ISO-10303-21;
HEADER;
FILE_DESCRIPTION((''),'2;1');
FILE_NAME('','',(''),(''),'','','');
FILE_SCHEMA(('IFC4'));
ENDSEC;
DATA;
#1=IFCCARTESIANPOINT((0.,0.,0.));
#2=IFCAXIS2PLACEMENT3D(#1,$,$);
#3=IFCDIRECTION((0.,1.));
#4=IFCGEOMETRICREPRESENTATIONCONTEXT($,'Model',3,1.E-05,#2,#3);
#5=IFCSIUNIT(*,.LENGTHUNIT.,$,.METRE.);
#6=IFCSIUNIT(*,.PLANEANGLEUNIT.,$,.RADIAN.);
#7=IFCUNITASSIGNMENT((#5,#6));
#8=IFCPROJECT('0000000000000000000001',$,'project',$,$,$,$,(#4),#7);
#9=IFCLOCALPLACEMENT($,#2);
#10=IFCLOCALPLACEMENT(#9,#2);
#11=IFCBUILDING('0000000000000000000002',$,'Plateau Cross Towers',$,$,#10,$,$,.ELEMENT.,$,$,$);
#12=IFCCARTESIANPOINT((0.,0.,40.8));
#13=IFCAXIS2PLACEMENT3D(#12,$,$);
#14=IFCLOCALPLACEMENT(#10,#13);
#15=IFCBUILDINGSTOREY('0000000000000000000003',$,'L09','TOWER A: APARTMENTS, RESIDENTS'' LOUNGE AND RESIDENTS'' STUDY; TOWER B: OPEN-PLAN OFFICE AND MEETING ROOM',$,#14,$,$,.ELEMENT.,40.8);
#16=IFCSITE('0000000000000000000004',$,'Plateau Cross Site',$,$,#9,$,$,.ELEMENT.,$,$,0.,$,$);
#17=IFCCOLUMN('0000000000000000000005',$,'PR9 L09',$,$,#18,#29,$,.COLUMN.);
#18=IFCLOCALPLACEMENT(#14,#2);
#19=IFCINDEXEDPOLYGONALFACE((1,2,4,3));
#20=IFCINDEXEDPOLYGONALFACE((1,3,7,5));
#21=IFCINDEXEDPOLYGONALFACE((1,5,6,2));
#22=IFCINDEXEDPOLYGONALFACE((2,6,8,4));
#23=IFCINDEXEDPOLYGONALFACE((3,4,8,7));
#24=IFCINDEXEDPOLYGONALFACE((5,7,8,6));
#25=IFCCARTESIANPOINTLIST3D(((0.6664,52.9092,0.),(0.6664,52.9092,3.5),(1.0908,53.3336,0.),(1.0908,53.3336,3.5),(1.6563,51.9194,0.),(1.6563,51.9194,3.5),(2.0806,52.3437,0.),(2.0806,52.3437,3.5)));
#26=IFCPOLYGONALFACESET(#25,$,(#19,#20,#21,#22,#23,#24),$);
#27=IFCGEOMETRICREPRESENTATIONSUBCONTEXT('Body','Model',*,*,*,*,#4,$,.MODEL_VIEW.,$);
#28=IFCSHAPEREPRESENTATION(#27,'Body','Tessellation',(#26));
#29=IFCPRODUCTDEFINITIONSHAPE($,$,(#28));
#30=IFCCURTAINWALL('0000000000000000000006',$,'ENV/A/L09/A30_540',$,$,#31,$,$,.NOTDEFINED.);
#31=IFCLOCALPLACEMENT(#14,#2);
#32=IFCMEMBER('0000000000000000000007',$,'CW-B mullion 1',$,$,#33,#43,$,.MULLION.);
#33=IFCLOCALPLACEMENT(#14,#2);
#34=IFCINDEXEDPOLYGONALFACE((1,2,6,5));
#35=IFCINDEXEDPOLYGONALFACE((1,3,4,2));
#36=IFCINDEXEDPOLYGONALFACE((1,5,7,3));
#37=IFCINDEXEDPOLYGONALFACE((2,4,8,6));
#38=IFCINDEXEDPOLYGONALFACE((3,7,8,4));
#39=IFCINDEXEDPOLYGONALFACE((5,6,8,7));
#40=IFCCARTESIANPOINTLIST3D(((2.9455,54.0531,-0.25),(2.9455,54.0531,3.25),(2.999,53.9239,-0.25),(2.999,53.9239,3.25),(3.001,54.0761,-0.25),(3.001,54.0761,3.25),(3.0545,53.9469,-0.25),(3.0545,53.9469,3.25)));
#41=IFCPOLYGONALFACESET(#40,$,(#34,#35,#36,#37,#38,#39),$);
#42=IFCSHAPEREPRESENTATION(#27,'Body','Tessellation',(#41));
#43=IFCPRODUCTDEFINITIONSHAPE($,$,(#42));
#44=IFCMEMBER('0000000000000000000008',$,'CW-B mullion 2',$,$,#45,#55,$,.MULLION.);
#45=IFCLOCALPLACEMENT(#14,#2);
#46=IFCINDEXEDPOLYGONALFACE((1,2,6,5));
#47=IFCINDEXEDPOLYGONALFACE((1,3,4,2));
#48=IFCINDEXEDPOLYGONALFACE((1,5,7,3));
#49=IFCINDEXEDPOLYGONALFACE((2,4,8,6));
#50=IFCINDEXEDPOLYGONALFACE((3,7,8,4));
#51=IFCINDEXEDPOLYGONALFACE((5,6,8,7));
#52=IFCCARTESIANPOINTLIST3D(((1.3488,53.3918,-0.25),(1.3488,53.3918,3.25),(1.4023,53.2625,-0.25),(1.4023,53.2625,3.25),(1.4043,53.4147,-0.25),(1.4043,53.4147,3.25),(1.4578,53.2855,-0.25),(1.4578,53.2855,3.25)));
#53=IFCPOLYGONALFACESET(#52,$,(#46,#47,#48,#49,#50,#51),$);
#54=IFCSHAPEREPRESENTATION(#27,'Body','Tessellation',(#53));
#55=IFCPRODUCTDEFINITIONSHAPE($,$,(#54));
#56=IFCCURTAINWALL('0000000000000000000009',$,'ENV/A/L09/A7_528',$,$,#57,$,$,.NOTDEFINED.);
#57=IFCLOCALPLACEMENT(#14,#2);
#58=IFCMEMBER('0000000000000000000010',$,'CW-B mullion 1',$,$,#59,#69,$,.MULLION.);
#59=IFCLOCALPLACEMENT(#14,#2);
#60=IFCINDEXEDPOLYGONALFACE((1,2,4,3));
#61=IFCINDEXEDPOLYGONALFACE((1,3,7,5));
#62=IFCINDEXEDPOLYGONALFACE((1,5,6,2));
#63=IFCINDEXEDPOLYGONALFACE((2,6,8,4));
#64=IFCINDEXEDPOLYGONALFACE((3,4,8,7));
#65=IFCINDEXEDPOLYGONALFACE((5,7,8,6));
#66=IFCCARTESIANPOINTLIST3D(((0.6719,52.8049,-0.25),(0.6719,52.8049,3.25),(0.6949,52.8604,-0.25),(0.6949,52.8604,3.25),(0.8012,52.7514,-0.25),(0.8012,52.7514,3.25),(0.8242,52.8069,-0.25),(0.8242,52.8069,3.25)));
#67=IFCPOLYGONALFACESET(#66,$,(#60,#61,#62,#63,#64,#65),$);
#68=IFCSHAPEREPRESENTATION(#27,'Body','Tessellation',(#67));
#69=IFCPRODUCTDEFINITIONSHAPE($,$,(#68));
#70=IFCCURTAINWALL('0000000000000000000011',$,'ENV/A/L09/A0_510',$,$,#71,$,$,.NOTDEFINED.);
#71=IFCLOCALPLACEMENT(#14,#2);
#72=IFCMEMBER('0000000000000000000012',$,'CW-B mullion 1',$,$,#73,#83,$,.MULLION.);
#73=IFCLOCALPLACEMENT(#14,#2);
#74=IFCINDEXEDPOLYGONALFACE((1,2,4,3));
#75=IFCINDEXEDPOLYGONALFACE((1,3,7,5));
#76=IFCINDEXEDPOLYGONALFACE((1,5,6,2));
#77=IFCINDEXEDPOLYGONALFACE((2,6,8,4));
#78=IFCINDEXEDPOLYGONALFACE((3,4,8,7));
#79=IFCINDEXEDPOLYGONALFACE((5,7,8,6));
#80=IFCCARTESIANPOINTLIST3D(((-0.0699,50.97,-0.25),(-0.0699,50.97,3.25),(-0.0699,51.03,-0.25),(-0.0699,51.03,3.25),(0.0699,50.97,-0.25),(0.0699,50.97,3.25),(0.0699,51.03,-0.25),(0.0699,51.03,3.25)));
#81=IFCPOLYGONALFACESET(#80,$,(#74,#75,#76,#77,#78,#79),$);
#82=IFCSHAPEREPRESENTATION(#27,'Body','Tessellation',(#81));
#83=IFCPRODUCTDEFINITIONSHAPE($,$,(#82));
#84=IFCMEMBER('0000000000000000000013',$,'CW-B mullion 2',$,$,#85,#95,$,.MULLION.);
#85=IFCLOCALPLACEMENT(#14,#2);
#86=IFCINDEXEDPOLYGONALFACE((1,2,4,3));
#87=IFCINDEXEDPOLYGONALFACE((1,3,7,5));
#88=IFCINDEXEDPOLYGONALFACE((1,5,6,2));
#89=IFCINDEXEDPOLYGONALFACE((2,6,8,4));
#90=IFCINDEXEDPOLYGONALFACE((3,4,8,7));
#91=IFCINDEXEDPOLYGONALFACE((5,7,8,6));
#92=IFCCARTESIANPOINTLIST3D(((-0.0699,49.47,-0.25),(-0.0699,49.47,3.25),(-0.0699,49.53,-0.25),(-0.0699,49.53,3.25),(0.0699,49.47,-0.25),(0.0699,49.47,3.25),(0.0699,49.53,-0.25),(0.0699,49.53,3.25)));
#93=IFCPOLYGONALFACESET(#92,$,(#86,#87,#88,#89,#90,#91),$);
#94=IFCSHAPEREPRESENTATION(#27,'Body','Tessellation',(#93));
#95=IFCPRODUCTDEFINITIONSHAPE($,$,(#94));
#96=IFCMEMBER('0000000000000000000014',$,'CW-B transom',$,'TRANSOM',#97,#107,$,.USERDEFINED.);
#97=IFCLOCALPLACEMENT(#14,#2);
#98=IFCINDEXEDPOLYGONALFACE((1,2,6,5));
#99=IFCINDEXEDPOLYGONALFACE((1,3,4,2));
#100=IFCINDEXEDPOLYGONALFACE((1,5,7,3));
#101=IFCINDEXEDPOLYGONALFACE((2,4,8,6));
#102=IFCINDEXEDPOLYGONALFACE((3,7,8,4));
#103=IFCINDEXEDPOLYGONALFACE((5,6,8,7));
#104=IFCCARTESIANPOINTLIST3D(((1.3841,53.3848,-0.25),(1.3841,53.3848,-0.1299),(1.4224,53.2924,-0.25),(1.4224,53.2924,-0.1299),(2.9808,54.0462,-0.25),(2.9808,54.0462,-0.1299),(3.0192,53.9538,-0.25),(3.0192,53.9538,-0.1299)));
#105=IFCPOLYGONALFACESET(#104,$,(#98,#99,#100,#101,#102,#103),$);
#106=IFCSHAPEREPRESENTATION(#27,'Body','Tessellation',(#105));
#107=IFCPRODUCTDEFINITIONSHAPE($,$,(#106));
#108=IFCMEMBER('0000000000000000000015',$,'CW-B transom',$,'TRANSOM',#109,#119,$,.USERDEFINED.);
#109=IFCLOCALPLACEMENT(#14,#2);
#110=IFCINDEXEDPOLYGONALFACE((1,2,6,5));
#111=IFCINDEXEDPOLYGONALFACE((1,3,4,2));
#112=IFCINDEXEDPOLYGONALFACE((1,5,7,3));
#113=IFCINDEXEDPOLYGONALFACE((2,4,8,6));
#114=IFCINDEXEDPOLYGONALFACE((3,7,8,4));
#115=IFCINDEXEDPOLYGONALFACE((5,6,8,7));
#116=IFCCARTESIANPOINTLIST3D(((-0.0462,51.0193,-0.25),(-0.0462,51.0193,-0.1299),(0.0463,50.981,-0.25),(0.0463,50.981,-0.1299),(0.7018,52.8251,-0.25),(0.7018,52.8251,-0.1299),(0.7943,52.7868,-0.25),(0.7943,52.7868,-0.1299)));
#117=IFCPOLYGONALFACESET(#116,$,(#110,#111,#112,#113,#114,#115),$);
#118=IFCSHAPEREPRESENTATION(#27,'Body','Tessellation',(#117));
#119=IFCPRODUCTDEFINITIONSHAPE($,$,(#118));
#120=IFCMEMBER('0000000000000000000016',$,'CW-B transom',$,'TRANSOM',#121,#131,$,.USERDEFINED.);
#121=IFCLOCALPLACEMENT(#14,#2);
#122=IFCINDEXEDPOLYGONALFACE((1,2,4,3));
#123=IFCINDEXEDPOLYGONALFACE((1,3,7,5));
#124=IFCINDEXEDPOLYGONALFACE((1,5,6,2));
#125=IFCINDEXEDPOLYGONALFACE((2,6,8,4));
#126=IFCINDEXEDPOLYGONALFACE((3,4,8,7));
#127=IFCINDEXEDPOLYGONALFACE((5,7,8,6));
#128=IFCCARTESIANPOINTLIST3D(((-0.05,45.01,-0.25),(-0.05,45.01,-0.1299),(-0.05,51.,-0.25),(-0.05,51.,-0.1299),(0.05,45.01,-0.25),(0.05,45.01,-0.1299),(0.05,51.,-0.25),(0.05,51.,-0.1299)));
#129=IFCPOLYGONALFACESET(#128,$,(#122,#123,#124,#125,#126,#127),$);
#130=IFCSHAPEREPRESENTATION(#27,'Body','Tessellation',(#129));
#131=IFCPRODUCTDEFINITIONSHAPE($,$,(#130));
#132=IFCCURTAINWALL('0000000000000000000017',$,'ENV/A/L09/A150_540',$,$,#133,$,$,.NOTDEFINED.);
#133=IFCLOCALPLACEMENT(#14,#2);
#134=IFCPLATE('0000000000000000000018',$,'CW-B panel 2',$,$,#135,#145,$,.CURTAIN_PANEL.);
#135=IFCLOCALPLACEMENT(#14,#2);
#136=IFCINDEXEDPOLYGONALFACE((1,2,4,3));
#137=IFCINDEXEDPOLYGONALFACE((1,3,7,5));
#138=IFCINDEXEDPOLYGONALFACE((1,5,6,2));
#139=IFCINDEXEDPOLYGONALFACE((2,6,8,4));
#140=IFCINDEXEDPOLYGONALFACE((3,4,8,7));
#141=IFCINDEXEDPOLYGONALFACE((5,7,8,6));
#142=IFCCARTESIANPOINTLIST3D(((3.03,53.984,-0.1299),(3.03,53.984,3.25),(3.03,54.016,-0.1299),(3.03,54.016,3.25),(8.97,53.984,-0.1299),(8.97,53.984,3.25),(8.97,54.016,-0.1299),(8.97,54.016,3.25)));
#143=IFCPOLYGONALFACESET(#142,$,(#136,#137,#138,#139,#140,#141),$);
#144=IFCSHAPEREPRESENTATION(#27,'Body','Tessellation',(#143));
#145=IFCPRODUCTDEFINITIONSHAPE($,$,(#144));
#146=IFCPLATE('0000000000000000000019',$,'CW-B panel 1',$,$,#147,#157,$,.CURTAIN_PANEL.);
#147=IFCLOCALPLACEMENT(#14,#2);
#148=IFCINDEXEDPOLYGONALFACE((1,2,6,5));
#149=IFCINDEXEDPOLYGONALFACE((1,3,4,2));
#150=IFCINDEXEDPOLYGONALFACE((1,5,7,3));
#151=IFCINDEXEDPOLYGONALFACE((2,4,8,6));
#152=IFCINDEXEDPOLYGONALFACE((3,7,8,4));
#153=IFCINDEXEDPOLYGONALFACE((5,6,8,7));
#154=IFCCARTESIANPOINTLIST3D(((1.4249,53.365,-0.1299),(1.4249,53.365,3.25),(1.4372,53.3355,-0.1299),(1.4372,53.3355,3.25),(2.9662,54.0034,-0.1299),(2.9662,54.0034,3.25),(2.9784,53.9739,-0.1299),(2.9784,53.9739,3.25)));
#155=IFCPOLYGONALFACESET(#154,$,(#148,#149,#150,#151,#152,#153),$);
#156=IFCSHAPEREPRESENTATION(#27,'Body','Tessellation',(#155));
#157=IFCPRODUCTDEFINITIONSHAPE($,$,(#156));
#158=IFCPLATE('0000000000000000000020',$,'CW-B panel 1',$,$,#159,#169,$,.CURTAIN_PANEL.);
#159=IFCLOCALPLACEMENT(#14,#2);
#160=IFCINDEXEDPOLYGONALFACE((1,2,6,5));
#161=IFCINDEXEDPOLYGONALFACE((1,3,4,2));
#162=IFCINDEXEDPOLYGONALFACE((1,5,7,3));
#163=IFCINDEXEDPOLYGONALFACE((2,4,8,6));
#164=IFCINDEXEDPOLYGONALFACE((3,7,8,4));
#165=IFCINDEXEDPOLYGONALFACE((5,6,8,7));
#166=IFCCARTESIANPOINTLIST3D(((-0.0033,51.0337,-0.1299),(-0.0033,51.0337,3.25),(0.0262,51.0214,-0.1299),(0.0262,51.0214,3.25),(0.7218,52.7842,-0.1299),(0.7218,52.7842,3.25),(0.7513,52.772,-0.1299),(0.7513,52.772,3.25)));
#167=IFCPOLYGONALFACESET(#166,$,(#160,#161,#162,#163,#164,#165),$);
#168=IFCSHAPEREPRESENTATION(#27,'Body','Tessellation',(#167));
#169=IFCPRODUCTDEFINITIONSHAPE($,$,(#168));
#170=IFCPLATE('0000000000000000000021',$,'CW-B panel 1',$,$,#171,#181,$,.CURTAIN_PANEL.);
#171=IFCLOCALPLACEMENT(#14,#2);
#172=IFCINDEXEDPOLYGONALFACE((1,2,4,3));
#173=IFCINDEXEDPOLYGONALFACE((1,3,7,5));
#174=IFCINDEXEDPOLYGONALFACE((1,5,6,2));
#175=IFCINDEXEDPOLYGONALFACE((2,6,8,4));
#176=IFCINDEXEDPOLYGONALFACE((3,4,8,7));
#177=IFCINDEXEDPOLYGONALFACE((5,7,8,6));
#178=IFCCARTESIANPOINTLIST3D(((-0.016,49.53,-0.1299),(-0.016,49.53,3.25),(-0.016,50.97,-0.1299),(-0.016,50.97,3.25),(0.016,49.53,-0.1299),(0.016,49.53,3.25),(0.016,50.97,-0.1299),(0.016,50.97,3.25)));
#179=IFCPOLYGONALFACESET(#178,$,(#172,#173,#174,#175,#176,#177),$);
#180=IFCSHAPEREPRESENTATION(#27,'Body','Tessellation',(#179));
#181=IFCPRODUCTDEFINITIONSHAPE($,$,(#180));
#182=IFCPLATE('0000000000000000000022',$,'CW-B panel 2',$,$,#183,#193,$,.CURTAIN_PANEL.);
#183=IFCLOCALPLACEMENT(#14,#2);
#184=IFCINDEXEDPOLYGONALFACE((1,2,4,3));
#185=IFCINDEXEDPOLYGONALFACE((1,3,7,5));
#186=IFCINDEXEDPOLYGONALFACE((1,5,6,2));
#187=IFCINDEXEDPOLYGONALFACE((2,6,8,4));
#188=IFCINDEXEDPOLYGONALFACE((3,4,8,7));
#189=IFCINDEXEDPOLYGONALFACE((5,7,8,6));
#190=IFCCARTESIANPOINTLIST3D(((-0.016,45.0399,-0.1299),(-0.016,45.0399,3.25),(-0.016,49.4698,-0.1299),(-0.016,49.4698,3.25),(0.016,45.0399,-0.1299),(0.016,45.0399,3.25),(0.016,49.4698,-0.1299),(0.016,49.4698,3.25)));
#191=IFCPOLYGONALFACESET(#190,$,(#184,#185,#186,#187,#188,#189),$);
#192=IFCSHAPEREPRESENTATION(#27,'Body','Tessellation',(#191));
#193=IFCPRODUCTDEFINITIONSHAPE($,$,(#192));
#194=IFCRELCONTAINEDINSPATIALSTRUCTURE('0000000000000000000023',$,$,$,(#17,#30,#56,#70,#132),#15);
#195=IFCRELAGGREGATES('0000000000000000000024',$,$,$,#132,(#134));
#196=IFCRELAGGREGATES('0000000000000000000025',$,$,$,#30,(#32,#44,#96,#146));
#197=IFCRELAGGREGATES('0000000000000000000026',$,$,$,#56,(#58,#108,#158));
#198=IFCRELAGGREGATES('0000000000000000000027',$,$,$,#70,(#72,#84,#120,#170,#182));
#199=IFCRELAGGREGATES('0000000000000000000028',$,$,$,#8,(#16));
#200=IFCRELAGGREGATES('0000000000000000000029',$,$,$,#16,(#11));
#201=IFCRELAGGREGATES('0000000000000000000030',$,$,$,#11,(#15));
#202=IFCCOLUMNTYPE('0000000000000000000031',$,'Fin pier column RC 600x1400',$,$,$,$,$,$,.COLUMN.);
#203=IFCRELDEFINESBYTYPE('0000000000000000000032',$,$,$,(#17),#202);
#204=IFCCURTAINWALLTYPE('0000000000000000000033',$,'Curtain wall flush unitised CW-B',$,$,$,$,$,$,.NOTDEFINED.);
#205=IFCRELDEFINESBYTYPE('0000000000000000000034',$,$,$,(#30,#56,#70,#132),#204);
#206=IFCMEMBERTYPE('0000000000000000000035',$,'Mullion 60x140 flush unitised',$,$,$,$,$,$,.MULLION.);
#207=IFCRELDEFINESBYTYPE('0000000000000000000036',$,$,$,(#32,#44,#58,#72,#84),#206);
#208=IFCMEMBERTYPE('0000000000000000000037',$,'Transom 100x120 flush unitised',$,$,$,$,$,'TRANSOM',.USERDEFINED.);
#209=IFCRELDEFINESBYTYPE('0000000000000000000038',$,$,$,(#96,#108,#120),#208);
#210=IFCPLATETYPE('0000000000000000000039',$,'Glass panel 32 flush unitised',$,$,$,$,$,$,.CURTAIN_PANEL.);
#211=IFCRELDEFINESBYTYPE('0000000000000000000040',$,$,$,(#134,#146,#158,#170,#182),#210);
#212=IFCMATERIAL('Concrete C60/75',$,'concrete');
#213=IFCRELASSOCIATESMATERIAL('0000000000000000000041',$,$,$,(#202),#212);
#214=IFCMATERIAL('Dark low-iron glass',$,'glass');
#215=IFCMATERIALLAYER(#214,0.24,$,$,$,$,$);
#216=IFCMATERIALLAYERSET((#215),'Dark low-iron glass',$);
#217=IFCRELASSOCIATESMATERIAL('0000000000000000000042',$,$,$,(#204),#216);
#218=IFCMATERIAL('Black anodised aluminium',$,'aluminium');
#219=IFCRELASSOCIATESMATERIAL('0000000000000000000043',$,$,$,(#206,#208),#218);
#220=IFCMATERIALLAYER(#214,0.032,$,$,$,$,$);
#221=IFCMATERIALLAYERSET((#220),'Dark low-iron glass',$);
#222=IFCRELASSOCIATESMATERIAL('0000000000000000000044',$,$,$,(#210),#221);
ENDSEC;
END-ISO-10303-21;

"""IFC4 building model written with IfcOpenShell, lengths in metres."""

from ifc_helpers import new_model, si_unit, direction, frame, origin, origin_2d, place, context, subcontext, project, spatial, rectangle, extrude, material, layer, layer_set, material_profile, profile_set, type_object, element, aggregate, save


model = new_model("IFC4")

# Units and contexts
model_context = context("Model", 3, precision=1e-05, world=origin(), true_north=direction((0.0, 1.0)))
body_context = subcontext(model_context, "Body", "Model", "MODEL_VIEW")
ifc_project = project(units=[si_unit("LENGTHUNIT", "METRE"), si_unit("PLANEANGLEUNIT", "RADIAN")], contexts=[model_context])

# Site, building, storey
site_placement = place(None, origin())
site = spatial("IfcSite", under=ifc_project, at=site_placement, Name="Plateau Cross Site", CompositionType="ELEMENT", RefElevation=0.0)
building_placement = place(site_placement, origin())
building = spatial("IfcBuilding", under=site, at=building_placement, Name="Plateau Cross Towers", CompositionType="ELEMENT")
storey_placement = place(building_placement, frame((0.0, 0.0, 40.8)))
storey = spatial("IfcBuildingStorey", under=building, at=storey_placement, Name="L09", Description="TOWER A: APARTMENTS, RESIDENTS' LOUNGE AND RESIDENTS' STUDY; TOWER B: OPEN-PLAN OFFICE AND MEETING ROOM", CompositionType="ELEMENT", Elevation=40.8)

# Column
ifc_material_1 = material(Name="Concrete C60/75", Category="concrete")
ifc_material_profile_1 = material_profile(ifc_material_1, rectangle(XDim=0.6001, YDim=1.3999, at=origin_2d()), Name="RC 600x1400")
ifc_profile_set_1 = profile_set([ifc_material_profile_1], Name="Concrete C60/75")
column_type = type_object("IfcColumnType", Name="Fin pier column RC 600x1400", PredefinedType="COLUMN", material=ifc_profile_set_1)
column_placement = place(storey_placement, frame((1.3735, 52.6265, 0.0), z_axis=(0.0, 0.0, 1.0), x_axis=(0.707107, 0.707107, 0.0)))
element("IfcColumn", 1, at=column_placement, inside=storey, type_object=column_type, Name="PR9 L09", PredefinedType="COLUMN", context=body_context, shape_type="SweptSolid", body=[
    extrude(rectangle(XDim=0.6001, YDim=1.3999, at=origin_2d()), origin(), (0.0, 0.0, 1.0), 3.5),
])

# Curtain wall, members
ifc_material_2 = material(Name="Dark low-iron glass", Category="glass")
ifc_layer_1 = layer(ifc_material_2, 0.24)
ifc_layer_set_1 = layer_set([ifc_layer_1], Name="Dark low-iron glass")
curtain_wall_type = type_object("IfcCurtainWallType", Name="Curtain wall flush unitised CW-B", PredefinedType="NOTDEFINED", material=ifc_layer_set_1)
curtain_wall_1_placement = place(storey_placement, origin())
curtain_wall_1 = element("IfcCurtainWall", 2, at=curtain_wall_1_placement, inside=storey, type_object=curtain_wall_type, Name="ENV/A/L09/A30_540", PredefinedType="NOTDEFINED")
ifc_material_3 = material(Name="Black anodised aluminium", Category="aluminium")
ifc_material_profile_2 = material_profile(ifc_material_3, rectangle(XDim=0.0601, YDim=0.1399, at=origin_2d()), Name="MULLION 60x140")
ifc_profile_set_2 = profile_set([ifc_material_profile_2], Name="Black anodised aluminium")
member_type_1 = type_object("IfcMemberType", Name="Mullion 60x140 flush unitised", PredefinedType="MULLION", material=ifc_profile_set_2)
member_1_placement = place(storey_placement, frame((3.0, 54.0, -0.25), z_axis=(0.0, 0.0, 1.0), x_axis=(-0.923879, -0.382684, 0.0)))
member_1 = element("IfcMember", 3, at=member_1_placement, type_object=member_type_1, Name="CW-B mullion 1", PredefinedType="MULLION", context=body_context, shape_type="SweptSolid", body=[
    extrude(rectangle(XDim=0.0601, YDim=0.1399, at=origin_2d()), origin(), (0.0, 0.0, 1.0), 3.5),
])
member_2_placement = place(storey_placement, frame((1.4033, 53.3386, -0.25), z_axis=(0.0, 0.0, 1.0), x_axis=(-0.923879, -0.382684, 0.0)))
member_2 = element("IfcMember", 4, at=member_2_placement, type_object=member_type_1, Name="CW-B mullion 2", PredefinedType="MULLION", context=body_context, shape_type="SweptSolid", body=[
    extrude(rectangle(XDim=0.0601, YDim=0.1399, at=origin_2d()), origin(), (0.0, 0.0, 1.0), 3.5),
])

# Curtain wall, member
curtain_wall_2_placement = place(storey_placement, origin())
curtain_wall_2 = element("IfcCurtainWall", 5, at=curtain_wall_2_placement, inside=storey, type_object=curtain_wall_type, Name="ENV/A/L09/A7_528", PredefinedType="NOTDEFINED")
member_3_placement = place(storey_placement, frame((0.748, 52.8059, -0.25), z_axis=(0.0, 0.0, 1.0), x_axis=(-0.382684, -0.923879, 0.0)))
member_3 = element("IfcMember", 6, at=member_3_placement, type_object=member_type_1, Name="CW-B mullion 1", PredefinedType="MULLION", context=body_context, shape_type="SweptSolid", body=[
    extrude(rectangle(XDim=0.0601, YDim=0.1399, at=origin_2d()), origin(), (0.0, 0.0, 1.0), 3.5),
])

# Curtain wall, members
curtain_wall_3_placement = place(storey_placement, origin())
curtain_wall_3 = element("IfcCurtainWall", 7, at=curtain_wall_3_placement, inside=storey, type_object=curtain_wall_type, Name="ENV/A/L09/A0_510", PredefinedType="NOTDEFINED")
member_4_placement = place(storey_placement, frame((0.0, 51.0, -0.25), z_axis=(0.0, 0.0, 1.0), x_axis=(0.0, -1.0, 0.0)))
member_4 = element("IfcMember", 8, at=member_4_placement, type_object=member_type_1, Name="CW-B mullion 1", PredefinedType="MULLION", context=body_context, shape_type="SweptSolid", body=[
    extrude(rectangle(XDim=0.0601, YDim=0.1399, at=origin_2d()), origin(), (0.0, 0.0, 1.0), 3.5),
])
member_5_placement = place(storey_placement, frame((0.0, 49.5, -0.25), z_axis=(0.0, 0.0, 1.0), x_axis=(0.0, -1.0, 0.0)))
member_5 = element("IfcMember", 9, at=member_5_placement, type_object=member_type_1, Name="CW-B mullion 2", PredefinedType="MULLION", context=body_context, shape_type="SweptSolid", body=[
    extrude(rectangle(XDim=0.0601, YDim=0.1399, at=origin_2d()), origin(), (0.0, 0.0, 1.0), 3.5),
])

# Members
ifc_material_profile_3 = material_profile(ifc_material_3, rectangle(XDim=0.1001, YDim=0.1201, at=origin_2d()), Name="TRANSOM 100x120")
ifc_profile_set_3 = profile_set([ifc_material_profile_3], Name="Black anodised aluminium")
member_type_2 = type_object("IfcMemberType", Name="Transom 100x120 flush unitised", ElementType="TRANSOM", PredefinedType="USERDEFINED", material=ifc_profile_set_3)
member_6_placement = place(storey_placement, frame((3.0, 54.0, -0.1899), z_axis=(-0.923877, -0.382689, 0.0), x_axis=(0.382689, -0.923877, 0.0)))
member_6 = element("IfcMember", 10, at=member_6_placement, type_object=member_type_2, Name="CW-B transom", ObjectType="TRANSOM", PredefinedType="USERDEFINED", context=body_context, shape_type="SweptSolid", body=[
    extrude(rectangle(XDim=0.1001, YDim=0.1201, at=origin_2d()), origin(), (0.0, 0.0, 1.0), 1.7283),
])
member_7_placement = place(storey_placement, frame((0.748, 52.8059, -0.1899), z_axis=(-0.38269, -0.923877, 0.0), x_axis=(0.923877, -0.38269, 0.0)))
member_7 = element("IfcMember", 11, at=member_7_placement, type_object=member_type_2, Name="CW-B transom", ObjectType="TRANSOM", PredefinedType="USERDEFINED", context=body_context, shape_type="SweptSolid", body=[
    extrude(rectangle(XDim=0.1001, YDim=0.1201, at=origin_2d()), origin(), (0.0, 0.0, 1.0), 1.9546),
])
member_8_placement = place(storey_placement, frame((0.0, 51.0, -0.1899), z_axis=(0.0, -1.0, 0.0), x_axis=(1.0, 0.0, 0.0)))
member_8 = element("IfcMember", 12, at=member_8_placement, type_object=member_type_2, Name="CW-B transom", ObjectType="TRANSOM", PredefinedType="USERDEFINED", context=body_context, shape_type="SweptSolid", body=[
    extrude(rectangle(XDim=0.1001, YDim=0.1201, at=origin_2d()), origin(), (0.0, 0.0, 1.0), 5.99),
])

# Curtain wall, plate
curtain_wall_4_placement = place(storey_placement, origin())
curtain_wall_4 = element("IfcCurtainWall", 13, at=curtain_wall_4_placement, inside=storey, type_object=curtain_wall_type, Name="ENV/A/L09/A150_540", PredefinedType="NOTDEFINED")
ifc_layer_2 = layer(ifc_material_2, 0.032)
ifc_layer_set_2 = layer_set([ifc_layer_2], Name="Dark low-iron glass")
plate_type = type_object("IfcPlateType", Name="Glass panel 32 flush unitised", PredefinedType="CURTAIN_PANEL", material=ifc_layer_set_2)
plate_1_placement = place(storey_placement, frame((6.0, 54.0, -0.1299), z_axis=(0.0, 0.0, 1.0), x_axis=(-1.0, 0.0, 0.0)))
plate_1 = element("IfcPlate", 14, at=plate_1_placement, type_object=plate_type, Name="CW-B panel 2", PredefinedType="CURTAIN_PANEL", context=body_context, shape_type="SweptSolid", body=[
    extrude(rectangle(XDim=5.9399, YDim=0.032, at=origin_2d()), origin(), (0.0, 0.0, 1.0), 3.3799),
])
aggregate(curtain_wall_4, [plate_1])

# Plates
plate_2_placement = place(storey_placement, frame((2.2017, 53.6694, -0.1299), z_axis=(0.0, 0.0, 1.0), x_axis=(-0.923879, -0.382684, 0.0)))
plate_2 = element("IfcPlate", 15, at=plate_2_placement, type_object=plate_type, Name="CW-B panel 1", PredefinedType="CURTAIN_PANEL", context=body_context, shape_type="SweptSolid", body=[
    extrude(rectangle(XDim=1.6682, YDim=0.032, at=origin_2d()), origin(), (0.0, 0.0, 1.0), 3.3799),
])
aggregate(curtain_wall_1, [member_1, member_2, member_6, plate_2])
plate_3_placement = place(storey_placement, frame((0.374, 51.9028, -0.1299), z_axis=(0.0, 0.0, 1.0), x_axis=(-0.382684, -0.923879, 0.0)))
plate_3 = element("IfcPlate", 16, at=plate_3_placement, type_object=plate_type, Name="CW-B panel 1", PredefinedType="CURTAIN_PANEL", context=body_context, shape_type="SweptSolid", body=[
    extrude(rectangle(XDim=1.8948, YDim=0.032, at=origin_2d()), origin(), (0.0, 0.0, 1.0), 3.3799),
])
aggregate(curtain_wall_2, [member_3, member_7, plate_3])
plate_4_placement = place(storey_placement, frame((0.0, 50.25, -0.1299), z_axis=(0.0, 0.0, 1.0), x_axis=(0.0, -1.0, 0.0)))
plate_4 = element("IfcPlate", 17, at=plate_4_placement, type_object=plate_type, Name="CW-B panel 1", PredefinedType="CURTAIN_PANEL", context=body_context, shape_type="SweptSolid", body=[
    extrude(rectangle(XDim=1.4399, YDim=0.032, at=origin_2d()), origin(), (0.0, 0.0, 1.0), 3.3799),
])
plate_5_placement = place(storey_placement, frame((0.0, 47.2549, -0.1299), z_axis=(0.0, 0.0, 1.0), x_axis=(0.0, -1.0, 0.0)))
plate_5 = element("IfcPlate", 18, at=plate_5_placement, type_object=plate_type, Name="CW-B panel 2", PredefinedType="CURTAIN_PANEL", context=body_context, shape_type="SweptSolid", body=[
    extrude(rectangle(XDim=4.4299, YDim=0.032, at=origin_2d()), origin(), (0.0, 0.0, 1.0), 3.3799),
])
aggregate(curtain_wall_3, [member_4, member_5, member_8, plate_4, plate_5])

save(model, "model.ifc")
